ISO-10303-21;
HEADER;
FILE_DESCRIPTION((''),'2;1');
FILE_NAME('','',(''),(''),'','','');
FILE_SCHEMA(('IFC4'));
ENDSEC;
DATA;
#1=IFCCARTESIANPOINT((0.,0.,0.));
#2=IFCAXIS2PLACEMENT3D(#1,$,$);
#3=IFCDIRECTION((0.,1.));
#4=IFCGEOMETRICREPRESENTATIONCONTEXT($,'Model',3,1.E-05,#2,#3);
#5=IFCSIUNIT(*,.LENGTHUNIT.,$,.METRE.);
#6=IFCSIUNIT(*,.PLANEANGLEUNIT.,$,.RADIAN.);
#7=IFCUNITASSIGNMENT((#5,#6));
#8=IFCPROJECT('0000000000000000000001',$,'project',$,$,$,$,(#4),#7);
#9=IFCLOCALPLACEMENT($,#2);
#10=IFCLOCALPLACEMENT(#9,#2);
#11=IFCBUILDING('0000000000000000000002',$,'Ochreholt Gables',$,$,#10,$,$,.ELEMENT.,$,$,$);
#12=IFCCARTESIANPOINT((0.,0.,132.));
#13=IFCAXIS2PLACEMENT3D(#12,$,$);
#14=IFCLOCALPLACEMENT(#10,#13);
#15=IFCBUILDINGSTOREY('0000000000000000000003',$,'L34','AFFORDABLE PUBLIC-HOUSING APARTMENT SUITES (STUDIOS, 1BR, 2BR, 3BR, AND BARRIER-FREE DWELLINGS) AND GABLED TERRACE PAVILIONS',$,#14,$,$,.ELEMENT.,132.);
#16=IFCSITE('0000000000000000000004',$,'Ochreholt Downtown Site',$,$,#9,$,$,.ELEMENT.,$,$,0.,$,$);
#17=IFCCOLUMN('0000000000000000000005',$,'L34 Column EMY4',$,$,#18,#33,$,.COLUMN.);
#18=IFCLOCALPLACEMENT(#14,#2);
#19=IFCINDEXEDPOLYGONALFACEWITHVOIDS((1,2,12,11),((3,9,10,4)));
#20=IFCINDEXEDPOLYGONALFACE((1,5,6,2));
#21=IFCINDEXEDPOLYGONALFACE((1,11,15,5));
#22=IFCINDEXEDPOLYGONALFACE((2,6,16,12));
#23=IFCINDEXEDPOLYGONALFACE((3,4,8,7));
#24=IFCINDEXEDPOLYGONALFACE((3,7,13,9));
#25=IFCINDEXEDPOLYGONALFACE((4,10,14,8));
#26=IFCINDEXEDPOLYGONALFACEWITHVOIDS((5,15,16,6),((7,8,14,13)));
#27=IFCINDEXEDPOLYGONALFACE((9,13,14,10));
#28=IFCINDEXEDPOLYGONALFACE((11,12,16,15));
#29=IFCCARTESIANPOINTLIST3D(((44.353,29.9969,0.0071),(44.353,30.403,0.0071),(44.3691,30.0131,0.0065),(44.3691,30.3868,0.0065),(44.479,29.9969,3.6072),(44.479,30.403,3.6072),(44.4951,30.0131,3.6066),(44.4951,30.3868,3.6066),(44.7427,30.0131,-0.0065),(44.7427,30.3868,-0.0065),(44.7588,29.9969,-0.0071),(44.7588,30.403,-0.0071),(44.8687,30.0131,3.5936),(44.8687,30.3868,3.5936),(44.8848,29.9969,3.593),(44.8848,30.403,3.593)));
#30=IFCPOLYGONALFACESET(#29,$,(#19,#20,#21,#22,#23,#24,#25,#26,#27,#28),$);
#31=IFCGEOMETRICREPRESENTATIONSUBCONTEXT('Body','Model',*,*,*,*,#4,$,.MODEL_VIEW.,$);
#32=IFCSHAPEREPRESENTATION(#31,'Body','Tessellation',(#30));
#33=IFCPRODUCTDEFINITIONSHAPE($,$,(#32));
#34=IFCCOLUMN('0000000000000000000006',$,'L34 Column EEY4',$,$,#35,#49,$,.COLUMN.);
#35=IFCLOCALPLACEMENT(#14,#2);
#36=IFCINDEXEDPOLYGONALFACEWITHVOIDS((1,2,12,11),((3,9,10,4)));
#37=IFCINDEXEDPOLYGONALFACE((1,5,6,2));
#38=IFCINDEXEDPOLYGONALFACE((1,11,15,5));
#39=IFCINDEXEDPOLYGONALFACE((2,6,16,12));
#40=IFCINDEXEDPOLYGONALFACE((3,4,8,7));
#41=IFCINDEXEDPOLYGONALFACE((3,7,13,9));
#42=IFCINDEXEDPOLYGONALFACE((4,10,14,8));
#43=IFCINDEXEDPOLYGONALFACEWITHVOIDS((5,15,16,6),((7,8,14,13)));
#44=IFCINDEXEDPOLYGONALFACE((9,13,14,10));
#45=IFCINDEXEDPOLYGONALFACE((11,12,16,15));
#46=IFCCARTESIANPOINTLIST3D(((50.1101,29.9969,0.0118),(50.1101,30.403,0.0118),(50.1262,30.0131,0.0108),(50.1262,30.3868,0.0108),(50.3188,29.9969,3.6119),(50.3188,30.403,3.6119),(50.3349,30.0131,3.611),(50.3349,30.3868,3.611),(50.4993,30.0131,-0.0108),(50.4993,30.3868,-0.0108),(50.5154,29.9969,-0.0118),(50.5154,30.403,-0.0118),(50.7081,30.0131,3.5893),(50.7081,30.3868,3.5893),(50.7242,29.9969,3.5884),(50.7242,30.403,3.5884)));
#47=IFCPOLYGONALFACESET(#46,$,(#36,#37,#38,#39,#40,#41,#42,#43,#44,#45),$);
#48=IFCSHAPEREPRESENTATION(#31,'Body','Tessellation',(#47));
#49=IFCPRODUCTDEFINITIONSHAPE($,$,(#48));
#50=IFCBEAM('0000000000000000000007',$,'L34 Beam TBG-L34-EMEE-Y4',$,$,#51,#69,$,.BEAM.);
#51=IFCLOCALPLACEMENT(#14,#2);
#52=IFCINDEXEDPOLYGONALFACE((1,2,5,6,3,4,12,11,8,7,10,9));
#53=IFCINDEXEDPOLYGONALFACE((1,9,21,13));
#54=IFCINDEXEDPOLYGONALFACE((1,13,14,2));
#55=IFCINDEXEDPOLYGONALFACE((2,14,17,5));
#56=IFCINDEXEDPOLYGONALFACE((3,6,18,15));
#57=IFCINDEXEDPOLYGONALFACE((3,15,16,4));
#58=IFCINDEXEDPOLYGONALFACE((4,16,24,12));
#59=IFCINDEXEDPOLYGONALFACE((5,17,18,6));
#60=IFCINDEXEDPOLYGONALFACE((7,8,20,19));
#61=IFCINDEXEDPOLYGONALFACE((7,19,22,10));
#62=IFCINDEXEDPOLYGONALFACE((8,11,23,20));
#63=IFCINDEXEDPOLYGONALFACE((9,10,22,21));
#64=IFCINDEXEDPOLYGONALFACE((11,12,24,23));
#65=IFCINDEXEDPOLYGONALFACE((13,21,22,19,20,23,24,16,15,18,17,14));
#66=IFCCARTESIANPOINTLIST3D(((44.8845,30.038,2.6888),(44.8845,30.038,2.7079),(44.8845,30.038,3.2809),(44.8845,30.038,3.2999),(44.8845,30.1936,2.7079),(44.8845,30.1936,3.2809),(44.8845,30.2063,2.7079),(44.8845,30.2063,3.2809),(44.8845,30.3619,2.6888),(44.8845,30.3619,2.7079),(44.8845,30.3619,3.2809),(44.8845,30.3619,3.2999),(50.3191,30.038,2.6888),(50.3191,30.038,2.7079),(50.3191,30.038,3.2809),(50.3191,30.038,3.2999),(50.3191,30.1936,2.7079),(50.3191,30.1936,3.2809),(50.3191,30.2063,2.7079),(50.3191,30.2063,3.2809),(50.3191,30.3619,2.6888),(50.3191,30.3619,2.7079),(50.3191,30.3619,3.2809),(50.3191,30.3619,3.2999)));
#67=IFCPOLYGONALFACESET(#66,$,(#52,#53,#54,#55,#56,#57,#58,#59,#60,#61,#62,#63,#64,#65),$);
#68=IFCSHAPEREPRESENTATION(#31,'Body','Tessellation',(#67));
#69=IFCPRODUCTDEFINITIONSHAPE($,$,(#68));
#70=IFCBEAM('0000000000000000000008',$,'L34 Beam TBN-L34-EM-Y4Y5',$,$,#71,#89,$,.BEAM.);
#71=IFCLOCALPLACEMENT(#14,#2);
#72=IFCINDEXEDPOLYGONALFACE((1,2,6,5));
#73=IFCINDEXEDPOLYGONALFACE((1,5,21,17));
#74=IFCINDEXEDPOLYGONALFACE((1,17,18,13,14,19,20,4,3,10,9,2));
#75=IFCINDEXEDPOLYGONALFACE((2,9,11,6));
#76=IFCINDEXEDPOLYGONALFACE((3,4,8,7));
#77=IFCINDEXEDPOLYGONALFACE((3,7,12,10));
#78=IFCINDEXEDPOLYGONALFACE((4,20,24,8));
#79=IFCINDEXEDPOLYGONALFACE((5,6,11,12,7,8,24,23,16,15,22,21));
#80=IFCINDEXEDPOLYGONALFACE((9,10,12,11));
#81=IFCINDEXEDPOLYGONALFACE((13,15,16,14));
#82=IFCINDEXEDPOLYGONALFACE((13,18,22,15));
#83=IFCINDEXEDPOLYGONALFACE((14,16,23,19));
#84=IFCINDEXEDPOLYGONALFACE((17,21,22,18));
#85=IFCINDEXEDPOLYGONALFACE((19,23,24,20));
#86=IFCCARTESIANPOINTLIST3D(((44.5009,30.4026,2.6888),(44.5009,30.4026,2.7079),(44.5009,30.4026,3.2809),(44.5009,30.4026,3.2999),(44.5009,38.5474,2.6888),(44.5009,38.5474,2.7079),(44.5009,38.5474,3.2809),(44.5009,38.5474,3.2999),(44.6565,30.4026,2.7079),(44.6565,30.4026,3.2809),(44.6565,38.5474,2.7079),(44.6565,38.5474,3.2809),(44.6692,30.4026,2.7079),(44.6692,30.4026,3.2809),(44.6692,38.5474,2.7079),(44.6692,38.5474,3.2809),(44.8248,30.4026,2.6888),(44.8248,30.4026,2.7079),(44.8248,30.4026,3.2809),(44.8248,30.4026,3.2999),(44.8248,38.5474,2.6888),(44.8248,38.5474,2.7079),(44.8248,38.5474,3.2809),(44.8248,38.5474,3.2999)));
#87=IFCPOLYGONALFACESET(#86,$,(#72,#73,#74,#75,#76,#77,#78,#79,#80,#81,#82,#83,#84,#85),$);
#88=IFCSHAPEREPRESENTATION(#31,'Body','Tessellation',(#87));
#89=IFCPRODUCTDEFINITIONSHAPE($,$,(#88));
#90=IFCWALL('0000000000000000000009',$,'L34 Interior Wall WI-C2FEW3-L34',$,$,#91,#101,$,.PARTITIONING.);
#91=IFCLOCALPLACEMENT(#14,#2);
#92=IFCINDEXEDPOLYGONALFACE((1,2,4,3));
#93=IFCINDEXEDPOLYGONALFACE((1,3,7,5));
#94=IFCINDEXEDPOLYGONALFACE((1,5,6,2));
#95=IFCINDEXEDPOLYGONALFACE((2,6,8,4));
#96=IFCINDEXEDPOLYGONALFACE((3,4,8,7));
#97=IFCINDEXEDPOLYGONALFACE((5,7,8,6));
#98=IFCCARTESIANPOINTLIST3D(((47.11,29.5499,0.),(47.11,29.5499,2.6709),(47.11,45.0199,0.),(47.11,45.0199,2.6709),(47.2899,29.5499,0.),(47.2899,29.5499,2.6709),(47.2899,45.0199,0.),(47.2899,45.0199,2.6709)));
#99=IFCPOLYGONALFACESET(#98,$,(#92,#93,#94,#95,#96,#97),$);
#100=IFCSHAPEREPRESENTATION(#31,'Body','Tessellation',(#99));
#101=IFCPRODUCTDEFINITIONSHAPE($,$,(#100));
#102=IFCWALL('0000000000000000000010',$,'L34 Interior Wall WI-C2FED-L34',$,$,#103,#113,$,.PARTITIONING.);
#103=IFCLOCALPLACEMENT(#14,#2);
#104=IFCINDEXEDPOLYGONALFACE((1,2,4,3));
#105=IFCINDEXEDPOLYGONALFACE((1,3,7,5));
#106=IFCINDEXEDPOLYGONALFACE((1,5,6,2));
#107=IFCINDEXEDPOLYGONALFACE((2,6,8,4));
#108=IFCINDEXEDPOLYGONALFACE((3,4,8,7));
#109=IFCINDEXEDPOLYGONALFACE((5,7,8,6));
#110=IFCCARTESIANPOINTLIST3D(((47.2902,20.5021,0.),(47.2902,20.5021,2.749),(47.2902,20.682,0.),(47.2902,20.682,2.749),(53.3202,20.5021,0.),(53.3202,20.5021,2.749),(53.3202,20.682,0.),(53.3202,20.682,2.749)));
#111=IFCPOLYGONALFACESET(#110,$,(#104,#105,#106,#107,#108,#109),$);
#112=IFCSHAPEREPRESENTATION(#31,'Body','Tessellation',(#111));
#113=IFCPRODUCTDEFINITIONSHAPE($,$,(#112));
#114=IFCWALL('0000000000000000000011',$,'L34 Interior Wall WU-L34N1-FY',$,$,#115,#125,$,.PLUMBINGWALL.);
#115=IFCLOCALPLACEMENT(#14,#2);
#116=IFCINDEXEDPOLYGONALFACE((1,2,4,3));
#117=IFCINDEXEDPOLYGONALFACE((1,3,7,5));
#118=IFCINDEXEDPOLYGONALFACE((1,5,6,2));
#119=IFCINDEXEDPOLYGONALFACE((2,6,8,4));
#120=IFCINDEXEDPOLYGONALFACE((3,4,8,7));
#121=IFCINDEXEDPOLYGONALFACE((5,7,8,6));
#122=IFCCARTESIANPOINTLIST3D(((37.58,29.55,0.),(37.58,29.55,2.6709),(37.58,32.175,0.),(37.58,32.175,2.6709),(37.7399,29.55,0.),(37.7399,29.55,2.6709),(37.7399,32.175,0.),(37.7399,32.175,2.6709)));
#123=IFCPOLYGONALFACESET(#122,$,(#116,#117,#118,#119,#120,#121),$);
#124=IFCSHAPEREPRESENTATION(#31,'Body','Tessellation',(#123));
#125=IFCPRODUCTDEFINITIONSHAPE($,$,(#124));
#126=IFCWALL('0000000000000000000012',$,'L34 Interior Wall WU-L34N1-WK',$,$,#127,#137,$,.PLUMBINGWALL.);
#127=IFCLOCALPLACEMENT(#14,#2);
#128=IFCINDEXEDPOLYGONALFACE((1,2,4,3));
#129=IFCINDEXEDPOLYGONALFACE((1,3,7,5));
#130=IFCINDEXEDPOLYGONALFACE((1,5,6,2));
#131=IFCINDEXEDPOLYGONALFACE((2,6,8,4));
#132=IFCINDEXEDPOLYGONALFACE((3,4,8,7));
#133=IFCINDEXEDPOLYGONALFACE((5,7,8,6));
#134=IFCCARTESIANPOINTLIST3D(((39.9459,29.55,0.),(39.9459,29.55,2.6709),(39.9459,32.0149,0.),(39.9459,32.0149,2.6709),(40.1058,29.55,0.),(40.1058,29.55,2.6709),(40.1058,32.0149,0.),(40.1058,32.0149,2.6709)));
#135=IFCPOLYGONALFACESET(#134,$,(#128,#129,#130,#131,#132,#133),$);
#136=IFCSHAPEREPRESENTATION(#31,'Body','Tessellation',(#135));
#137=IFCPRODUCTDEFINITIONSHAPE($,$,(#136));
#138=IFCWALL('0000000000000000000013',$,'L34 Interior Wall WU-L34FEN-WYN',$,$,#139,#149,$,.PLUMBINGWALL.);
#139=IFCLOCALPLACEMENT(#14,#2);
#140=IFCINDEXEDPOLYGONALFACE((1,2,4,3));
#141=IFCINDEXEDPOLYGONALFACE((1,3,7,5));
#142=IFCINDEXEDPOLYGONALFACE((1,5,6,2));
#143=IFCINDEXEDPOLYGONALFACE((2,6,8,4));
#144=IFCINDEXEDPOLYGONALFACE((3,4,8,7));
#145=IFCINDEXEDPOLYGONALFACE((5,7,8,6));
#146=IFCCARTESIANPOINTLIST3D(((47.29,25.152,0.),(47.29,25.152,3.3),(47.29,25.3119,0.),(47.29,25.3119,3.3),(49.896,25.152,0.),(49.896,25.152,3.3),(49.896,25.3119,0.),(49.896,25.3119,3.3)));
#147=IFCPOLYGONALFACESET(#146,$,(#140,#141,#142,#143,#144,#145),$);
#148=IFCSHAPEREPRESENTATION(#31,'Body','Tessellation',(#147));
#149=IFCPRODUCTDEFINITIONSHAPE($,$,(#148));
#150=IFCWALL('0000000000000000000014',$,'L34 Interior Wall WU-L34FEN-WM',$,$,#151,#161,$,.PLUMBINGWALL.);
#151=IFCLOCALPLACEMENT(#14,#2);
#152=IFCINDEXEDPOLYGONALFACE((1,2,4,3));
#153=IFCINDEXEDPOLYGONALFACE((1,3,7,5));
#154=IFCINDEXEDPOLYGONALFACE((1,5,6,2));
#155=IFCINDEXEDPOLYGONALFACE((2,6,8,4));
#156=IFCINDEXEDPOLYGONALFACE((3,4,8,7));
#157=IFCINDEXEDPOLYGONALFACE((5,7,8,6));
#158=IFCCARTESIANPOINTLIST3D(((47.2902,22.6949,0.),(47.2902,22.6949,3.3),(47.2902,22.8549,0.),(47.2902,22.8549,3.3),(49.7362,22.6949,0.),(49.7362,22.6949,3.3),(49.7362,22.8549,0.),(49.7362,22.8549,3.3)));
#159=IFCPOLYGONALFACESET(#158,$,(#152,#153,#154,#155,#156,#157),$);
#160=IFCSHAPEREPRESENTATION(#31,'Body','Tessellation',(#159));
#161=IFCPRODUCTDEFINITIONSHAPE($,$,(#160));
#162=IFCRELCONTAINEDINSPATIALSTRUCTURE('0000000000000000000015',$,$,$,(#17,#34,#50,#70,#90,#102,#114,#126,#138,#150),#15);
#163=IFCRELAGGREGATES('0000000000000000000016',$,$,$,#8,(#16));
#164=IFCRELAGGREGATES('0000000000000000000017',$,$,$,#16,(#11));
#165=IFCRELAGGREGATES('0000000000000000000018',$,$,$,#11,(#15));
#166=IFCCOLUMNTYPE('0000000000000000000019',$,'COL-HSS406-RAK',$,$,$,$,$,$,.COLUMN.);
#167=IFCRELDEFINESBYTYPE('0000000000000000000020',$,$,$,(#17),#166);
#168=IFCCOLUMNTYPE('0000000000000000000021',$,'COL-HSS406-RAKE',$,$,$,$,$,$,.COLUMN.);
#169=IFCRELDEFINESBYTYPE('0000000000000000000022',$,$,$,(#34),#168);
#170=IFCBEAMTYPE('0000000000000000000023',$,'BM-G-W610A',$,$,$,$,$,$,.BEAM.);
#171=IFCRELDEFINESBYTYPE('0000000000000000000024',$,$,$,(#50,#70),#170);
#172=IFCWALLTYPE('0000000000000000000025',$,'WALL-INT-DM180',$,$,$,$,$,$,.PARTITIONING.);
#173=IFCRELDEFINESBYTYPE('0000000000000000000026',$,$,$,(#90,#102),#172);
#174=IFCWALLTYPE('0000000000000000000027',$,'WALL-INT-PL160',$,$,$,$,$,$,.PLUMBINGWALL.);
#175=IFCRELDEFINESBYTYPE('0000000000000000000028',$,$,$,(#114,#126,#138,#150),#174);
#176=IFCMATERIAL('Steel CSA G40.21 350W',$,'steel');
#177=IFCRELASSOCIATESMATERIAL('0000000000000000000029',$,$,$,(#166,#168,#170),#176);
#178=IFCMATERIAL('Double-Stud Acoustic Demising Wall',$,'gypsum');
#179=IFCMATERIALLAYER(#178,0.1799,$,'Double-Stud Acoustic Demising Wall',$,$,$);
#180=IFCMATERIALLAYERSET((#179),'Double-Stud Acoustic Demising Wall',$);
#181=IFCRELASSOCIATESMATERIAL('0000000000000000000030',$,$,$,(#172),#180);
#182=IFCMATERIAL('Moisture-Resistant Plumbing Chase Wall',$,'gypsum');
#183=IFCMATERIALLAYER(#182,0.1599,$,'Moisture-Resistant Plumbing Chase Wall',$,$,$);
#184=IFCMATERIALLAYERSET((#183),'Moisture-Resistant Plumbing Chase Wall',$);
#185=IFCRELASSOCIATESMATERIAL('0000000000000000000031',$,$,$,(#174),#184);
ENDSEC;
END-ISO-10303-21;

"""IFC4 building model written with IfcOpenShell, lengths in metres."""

from ifc_helpers import new_model, si_unit, direction, frame, frame_2d, origin, origin_2d, place, context, subcontext, project, spatial, rectangle, hollow_rectangle, i_section, extrude, material, layer, layer_set, material_profile, profile_set, type_object, element, save


model = new_model("IFC4")

# Units and contexts
model_context = context("Model", 3, precision=1e-05, world=origin(), true_north=direction((0.0, 1.0)))
body_context = subcontext(model_context, "Body", "Model", "MODEL_VIEW")
ifc_project = project(units=[si_unit("LENGTHUNIT", "METRE"), si_unit("PLANEANGLEUNIT", "RADIAN")], contexts=[model_context])

# Site, building, storey
site_placement = place(None, origin())
site = spatial("IfcSite", under=ifc_project, at=site_placement, Name="Ochreholt Downtown Site", CompositionType="ELEMENT", RefElevation=0.0)
building_placement = place(site_placement, origin())
building = spatial("IfcBuilding", under=site, at=building_placement, Name="Ochreholt Gables", CompositionType="ELEMENT")
storey_placement = place(building_placement, frame((0.0, 0.0, 132.0)))
storey = spatial("IfcBuildingStorey", under=building, at=storey_placement, Name="L34", Description="AFFORDABLE PUBLIC-HOUSING APARTMENT SUITES (STUDIOS, 1BR, 2BR, 3BR, AND BARRIER-FREE DWELLINGS) AND GABLED TERRACE PAVILIONS", CompositionType="ELEMENT", Elevation=132.0)

# Columns
ifc_material_1 = material(Name="Steel CSA G40.21 350W", Category="steel")
ifc_material_profile_1 = material_profile(ifc_material_1, hollow_rectangle(XDim=0.406, YDim=0.406, WallThickness=0.0161, at=origin_2d()), Name="HSS406X406X16")
ifc_profile_set_1 = profile_set([ifc_material_profile_1], Name="Steel CSA G40.21 350W")
column_type_1 = type_object("IfcColumnType", Name="COL-HSS406-RAK", PredefinedType="COLUMN", material=ifc_profile_set_1)
column_1_placement = place(storey_placement, frame((44.5559, 30.2, 0.0), z_axis=(0.034971, 0.0, 0.999388), x_axis=(0.0, 1.0, 0.0)))
element("IfcColumn", 1, at=column_1_placement, inside=storey, type_object=column_type_1, Name="L34 Column EMY4", PredefinedType="COLUMN", context=body_context, shape_type="SweptSolid", body=[
    extrude(hollow_rectangle(XDim=0.406, YDim=0.406, WallThickness=0.0161, at=origin_2d()), origin(), (0.0, 0.0, 1.0), 3.6023),
])
ifc_material_profile_2 = material_profile(ifc_material_1, hollow_rectangle(XDim=0.406, YDim=0.406, WallThickness=0.0161, at=origin_2d()), Name="HSS406X406X16")
ifc_profile_set_2 = profile_set([ifc_material_profile_2], Name="Steel CSA G40.21 350W")
column_type_2 = type_object("IfcColumnType", Name="COL-HSS406-RAKE", PredefinedType="COLUMN", material=ifc_profile_set_2)
column_2_placement = place(storey_placement, frame((50.3127, 30.2, 0.0), z_axis=(0.057885, 0.0, 0.998323), x_axis=(0.0, 1.0, 0.0)))
element("IfcColumn", 2, at=column_2_placement, inside=storey, type_object=column_type_2, Name="L34 Column EEY4", PredefinedType="COLUMN", context=body_context, shape_type="SweptSolid", body=[
    extrude(hollow_rectangle(XDim=0.406, YDim=0.406, WallThickness=0.0161, at=origin_2d()), origin(), (0.0, 0.0, 1.0), 3.6062),
])

# Beams
ifc_material_profile_3 = material_profile(ifc_material_1, i_section(OverallWidth=0.324, OverallDepth=0.6111, WebThickness=0.0127, FlangeThickness=0.019, at=origin_2d()), Name="W610X155")
ifc_profile_set_3 = profile_set([ifc_material_profile_3], Name="Steel CSA G40.21 350W")
beam_type = type_object("IfcBeamType", Name="BM-G-W610A", PredefinedType="BEAM", material=ifc_profile_set_3)
beam_1_placement = place(storey_placement, frame((44.8845, 30.2, 2.9944), z_axis=(1.0, 0.0, 0.0), x_axis=(0.0, 1.0, 0.0)))
element("IfcBeam", 3, at=beam_1_placement, inside=storey, type_object=beam_type, Name="L34 Beam TBG-L34-EMEE-Y4", PredefinedType="BEAM", context=body_context, shape_type="SweptSolid", body=[
    extrude(i_section(OverallWidth=0.324, OverallDepth=0.6111, WebThickness=0.0127, FlangeThickness=0.019, at=origin_2d()), origin(), (0.0, 0.0, 1.0), 5.4346),
])
beam_2_placement = place(storey_placement, frame((44.6628, 30.4026, 2.9944), z_axis=(0.0, 1.0, 0.0), x_axis=(-1.0, 0.0, 0.0)))
element("IfcBeam", 4, at=beam_2_placement, inside=storey, type_object=beam_type, Name="L34 Beam TBN-L34-EM-Y4Y5", PredefinedType="BEAM", context=body_context, shape_type="SweptSolid", body=[
    extrude(i_section(OverallWidth=0.324, OverallDepth=0.6111, WebThickness=0.0127, FlangeThickness=0.019, at=origin_2d()), origin(), (0.0, 0.0, 1.0), 8.1448),
])

# Walls
ifc_material_2 = material(Name="Double-Stud Acoustic Demising Wall", Category="gypsum")
ifc_layer_1 = layer(ifc_material_2, 0.1799, Name="Double-Stud Acoustic Demising Wall")
ifc_layer_set_1 = layer_set([ifc_layer_1], Name="Double-Stud Acoustic Demising Wall")
wall_type_1 = type_object("IfcWallType", Name="WALL-INT-DM180", PredefinedType="PARTITIONING", material=ifc_layer_set_1)
wall_1_placement = place(storey_placement, frame((47.2, 29.55, 0.0), z_axis=(0.0, 0.0, 1.0), x_axis=(0.0, 1.0, 0.0)))
element("IfcWall", 5, at=wall_1_placement, inside=storey, type_object=wall_type_1, Name="L34 Interior Wall WI-C2FEW3-L34", PredefinedType="PARTITIONING", context=body_context, shape_type="SweptSolid", body=[
    extrude(rectangle(XDim=15.47, YDim=0.1799, at=frame_2d((7.7349, 0.0))), origin(), (0.0, 0.0, 1.0), 2.6709),
])
wall_2_placement = place(storey_placement, frame((47.29, 20.592, 0.0), z_axis=(0.0, 0.0, 1.0), x_axis=(1.0, 0.0, 0.0)))
element("IfcWall", 6, at=wall_2_placement, inside=storey, type_object=wall_type_1, Name="L34 Interior Wall WI-C2FED-L34", PredefinedType="PARTITIONING", context=body_context, shape_type="SweptSolid", body=[
    extrude(rectangle(XDim=6.03, YDim=0.1799, at=frame_2d((3.0151, 0.0))), origin(), (0.0, 0.0, 1.0), 2.749),
])
ifc_material_3 = material(Name="Moisture-Resistant Plumbing Chase Wall", Category="gypsum")
ifc_layer_2 = layer(ifc_material_3, 0.1599, Name="Moisture-Resistant Plumbing Chase Wall")
ifc_layer_set_2 = layer_set([ifc_layer_2], Name="Moisture-Resistant Plumbing Chase Wall")
wall_type_2 = type_object("IfcWallType", Name="WALL-INT-PL160", PredefinedType="PLUMBINGWALL", material=ifc_layer_set_2)
wall_3_placement = place(storey_placement, frame((37.6599, 29.55, 0.0), z_axis=(0.0, 0.0, 1.0), x_axis=(0.0, 1.0, 0.0)))
element("IfcWall", 7, at=wall_3_placement, inside=storey, type_object=wall_type_2, Name="L34 Interior Wall WU-L34N1-FY", PredefinedType="PLUMBINGWALL", context=body_context, shape_type="SweptSolid", body=[
    extrude(rectangle(XDim=2.625, YDim=0.1599, at=frame_2d((1.3125, 0.0))), origin(), (0.0, 0.0, 1.0), 2.6709),
])
wall_4_placement = place(storey_placement, frame((40.0259, 29.55, 0.0), z_axis=(0.0, 0.0, 1.0), x_axis=(0.0, 1.0, 0.0)))
element("IfcWall", 8, at=wall_4_placement, inside=storey, type_object=wall_type_2, Name="L34 Interior Wall WU-L34N1-WK", PredefinedType="PLUMBINGWALL", context=body_context, shape_type="SweptSolid", body=[
    extrude(rectangle(XDim=2.4648, YDim=0.1599, at=frame_2d((1.2324, 0.0))), origin(), (0.0, 0.0, 1.0), 2.6709),
])
wall_5_placement = place(storey_placement, frame((47.29, 25.2319, 0.0), z_axis=(0.0, 0.0, 1.0), x_axis=(1.0, 0.0, 0.0)))
element("IfcWall", 9, at=wall_5_placement, inside=storey, type_object=wall_type_2, Name="L34 Interior Wall WU-L34FEN-WYN", PredefinedType="PLUMBINGWALL", context=body_context, shape_type="SweptSolid", body=[
    extrude(rectangle(XDim=2.606, YDim=0.1599, at=frame_2d((1.303, 0.0))), origin(), (0.0, 0.0, 1.0), 3.3),
])

# Wall
wall_6_placement = place(storey_placement, frame((47.29, 22.7749, 0.0), z_axis=(0.0, 0.0, 1.0), x_axis=(1.0, 0.0, 0.0)))
element("IfcWall", 10, at=wall_6_placement, inside=storey, type_object=wall_type_2, Name="L34 Interior Wall WU-L34FEN-WM", PredefinedType="PLUMBINGWALL", context=body_context, shape_type="SweptSolid", body=[
    extrude(rectangle(XDim=2.446, YDim=0.1599, at=frame_2d((1.2231, 0.0))), origin(), (0.0, 0.0, 1.0), 3.3),
])

save(model, "model.ifc")
